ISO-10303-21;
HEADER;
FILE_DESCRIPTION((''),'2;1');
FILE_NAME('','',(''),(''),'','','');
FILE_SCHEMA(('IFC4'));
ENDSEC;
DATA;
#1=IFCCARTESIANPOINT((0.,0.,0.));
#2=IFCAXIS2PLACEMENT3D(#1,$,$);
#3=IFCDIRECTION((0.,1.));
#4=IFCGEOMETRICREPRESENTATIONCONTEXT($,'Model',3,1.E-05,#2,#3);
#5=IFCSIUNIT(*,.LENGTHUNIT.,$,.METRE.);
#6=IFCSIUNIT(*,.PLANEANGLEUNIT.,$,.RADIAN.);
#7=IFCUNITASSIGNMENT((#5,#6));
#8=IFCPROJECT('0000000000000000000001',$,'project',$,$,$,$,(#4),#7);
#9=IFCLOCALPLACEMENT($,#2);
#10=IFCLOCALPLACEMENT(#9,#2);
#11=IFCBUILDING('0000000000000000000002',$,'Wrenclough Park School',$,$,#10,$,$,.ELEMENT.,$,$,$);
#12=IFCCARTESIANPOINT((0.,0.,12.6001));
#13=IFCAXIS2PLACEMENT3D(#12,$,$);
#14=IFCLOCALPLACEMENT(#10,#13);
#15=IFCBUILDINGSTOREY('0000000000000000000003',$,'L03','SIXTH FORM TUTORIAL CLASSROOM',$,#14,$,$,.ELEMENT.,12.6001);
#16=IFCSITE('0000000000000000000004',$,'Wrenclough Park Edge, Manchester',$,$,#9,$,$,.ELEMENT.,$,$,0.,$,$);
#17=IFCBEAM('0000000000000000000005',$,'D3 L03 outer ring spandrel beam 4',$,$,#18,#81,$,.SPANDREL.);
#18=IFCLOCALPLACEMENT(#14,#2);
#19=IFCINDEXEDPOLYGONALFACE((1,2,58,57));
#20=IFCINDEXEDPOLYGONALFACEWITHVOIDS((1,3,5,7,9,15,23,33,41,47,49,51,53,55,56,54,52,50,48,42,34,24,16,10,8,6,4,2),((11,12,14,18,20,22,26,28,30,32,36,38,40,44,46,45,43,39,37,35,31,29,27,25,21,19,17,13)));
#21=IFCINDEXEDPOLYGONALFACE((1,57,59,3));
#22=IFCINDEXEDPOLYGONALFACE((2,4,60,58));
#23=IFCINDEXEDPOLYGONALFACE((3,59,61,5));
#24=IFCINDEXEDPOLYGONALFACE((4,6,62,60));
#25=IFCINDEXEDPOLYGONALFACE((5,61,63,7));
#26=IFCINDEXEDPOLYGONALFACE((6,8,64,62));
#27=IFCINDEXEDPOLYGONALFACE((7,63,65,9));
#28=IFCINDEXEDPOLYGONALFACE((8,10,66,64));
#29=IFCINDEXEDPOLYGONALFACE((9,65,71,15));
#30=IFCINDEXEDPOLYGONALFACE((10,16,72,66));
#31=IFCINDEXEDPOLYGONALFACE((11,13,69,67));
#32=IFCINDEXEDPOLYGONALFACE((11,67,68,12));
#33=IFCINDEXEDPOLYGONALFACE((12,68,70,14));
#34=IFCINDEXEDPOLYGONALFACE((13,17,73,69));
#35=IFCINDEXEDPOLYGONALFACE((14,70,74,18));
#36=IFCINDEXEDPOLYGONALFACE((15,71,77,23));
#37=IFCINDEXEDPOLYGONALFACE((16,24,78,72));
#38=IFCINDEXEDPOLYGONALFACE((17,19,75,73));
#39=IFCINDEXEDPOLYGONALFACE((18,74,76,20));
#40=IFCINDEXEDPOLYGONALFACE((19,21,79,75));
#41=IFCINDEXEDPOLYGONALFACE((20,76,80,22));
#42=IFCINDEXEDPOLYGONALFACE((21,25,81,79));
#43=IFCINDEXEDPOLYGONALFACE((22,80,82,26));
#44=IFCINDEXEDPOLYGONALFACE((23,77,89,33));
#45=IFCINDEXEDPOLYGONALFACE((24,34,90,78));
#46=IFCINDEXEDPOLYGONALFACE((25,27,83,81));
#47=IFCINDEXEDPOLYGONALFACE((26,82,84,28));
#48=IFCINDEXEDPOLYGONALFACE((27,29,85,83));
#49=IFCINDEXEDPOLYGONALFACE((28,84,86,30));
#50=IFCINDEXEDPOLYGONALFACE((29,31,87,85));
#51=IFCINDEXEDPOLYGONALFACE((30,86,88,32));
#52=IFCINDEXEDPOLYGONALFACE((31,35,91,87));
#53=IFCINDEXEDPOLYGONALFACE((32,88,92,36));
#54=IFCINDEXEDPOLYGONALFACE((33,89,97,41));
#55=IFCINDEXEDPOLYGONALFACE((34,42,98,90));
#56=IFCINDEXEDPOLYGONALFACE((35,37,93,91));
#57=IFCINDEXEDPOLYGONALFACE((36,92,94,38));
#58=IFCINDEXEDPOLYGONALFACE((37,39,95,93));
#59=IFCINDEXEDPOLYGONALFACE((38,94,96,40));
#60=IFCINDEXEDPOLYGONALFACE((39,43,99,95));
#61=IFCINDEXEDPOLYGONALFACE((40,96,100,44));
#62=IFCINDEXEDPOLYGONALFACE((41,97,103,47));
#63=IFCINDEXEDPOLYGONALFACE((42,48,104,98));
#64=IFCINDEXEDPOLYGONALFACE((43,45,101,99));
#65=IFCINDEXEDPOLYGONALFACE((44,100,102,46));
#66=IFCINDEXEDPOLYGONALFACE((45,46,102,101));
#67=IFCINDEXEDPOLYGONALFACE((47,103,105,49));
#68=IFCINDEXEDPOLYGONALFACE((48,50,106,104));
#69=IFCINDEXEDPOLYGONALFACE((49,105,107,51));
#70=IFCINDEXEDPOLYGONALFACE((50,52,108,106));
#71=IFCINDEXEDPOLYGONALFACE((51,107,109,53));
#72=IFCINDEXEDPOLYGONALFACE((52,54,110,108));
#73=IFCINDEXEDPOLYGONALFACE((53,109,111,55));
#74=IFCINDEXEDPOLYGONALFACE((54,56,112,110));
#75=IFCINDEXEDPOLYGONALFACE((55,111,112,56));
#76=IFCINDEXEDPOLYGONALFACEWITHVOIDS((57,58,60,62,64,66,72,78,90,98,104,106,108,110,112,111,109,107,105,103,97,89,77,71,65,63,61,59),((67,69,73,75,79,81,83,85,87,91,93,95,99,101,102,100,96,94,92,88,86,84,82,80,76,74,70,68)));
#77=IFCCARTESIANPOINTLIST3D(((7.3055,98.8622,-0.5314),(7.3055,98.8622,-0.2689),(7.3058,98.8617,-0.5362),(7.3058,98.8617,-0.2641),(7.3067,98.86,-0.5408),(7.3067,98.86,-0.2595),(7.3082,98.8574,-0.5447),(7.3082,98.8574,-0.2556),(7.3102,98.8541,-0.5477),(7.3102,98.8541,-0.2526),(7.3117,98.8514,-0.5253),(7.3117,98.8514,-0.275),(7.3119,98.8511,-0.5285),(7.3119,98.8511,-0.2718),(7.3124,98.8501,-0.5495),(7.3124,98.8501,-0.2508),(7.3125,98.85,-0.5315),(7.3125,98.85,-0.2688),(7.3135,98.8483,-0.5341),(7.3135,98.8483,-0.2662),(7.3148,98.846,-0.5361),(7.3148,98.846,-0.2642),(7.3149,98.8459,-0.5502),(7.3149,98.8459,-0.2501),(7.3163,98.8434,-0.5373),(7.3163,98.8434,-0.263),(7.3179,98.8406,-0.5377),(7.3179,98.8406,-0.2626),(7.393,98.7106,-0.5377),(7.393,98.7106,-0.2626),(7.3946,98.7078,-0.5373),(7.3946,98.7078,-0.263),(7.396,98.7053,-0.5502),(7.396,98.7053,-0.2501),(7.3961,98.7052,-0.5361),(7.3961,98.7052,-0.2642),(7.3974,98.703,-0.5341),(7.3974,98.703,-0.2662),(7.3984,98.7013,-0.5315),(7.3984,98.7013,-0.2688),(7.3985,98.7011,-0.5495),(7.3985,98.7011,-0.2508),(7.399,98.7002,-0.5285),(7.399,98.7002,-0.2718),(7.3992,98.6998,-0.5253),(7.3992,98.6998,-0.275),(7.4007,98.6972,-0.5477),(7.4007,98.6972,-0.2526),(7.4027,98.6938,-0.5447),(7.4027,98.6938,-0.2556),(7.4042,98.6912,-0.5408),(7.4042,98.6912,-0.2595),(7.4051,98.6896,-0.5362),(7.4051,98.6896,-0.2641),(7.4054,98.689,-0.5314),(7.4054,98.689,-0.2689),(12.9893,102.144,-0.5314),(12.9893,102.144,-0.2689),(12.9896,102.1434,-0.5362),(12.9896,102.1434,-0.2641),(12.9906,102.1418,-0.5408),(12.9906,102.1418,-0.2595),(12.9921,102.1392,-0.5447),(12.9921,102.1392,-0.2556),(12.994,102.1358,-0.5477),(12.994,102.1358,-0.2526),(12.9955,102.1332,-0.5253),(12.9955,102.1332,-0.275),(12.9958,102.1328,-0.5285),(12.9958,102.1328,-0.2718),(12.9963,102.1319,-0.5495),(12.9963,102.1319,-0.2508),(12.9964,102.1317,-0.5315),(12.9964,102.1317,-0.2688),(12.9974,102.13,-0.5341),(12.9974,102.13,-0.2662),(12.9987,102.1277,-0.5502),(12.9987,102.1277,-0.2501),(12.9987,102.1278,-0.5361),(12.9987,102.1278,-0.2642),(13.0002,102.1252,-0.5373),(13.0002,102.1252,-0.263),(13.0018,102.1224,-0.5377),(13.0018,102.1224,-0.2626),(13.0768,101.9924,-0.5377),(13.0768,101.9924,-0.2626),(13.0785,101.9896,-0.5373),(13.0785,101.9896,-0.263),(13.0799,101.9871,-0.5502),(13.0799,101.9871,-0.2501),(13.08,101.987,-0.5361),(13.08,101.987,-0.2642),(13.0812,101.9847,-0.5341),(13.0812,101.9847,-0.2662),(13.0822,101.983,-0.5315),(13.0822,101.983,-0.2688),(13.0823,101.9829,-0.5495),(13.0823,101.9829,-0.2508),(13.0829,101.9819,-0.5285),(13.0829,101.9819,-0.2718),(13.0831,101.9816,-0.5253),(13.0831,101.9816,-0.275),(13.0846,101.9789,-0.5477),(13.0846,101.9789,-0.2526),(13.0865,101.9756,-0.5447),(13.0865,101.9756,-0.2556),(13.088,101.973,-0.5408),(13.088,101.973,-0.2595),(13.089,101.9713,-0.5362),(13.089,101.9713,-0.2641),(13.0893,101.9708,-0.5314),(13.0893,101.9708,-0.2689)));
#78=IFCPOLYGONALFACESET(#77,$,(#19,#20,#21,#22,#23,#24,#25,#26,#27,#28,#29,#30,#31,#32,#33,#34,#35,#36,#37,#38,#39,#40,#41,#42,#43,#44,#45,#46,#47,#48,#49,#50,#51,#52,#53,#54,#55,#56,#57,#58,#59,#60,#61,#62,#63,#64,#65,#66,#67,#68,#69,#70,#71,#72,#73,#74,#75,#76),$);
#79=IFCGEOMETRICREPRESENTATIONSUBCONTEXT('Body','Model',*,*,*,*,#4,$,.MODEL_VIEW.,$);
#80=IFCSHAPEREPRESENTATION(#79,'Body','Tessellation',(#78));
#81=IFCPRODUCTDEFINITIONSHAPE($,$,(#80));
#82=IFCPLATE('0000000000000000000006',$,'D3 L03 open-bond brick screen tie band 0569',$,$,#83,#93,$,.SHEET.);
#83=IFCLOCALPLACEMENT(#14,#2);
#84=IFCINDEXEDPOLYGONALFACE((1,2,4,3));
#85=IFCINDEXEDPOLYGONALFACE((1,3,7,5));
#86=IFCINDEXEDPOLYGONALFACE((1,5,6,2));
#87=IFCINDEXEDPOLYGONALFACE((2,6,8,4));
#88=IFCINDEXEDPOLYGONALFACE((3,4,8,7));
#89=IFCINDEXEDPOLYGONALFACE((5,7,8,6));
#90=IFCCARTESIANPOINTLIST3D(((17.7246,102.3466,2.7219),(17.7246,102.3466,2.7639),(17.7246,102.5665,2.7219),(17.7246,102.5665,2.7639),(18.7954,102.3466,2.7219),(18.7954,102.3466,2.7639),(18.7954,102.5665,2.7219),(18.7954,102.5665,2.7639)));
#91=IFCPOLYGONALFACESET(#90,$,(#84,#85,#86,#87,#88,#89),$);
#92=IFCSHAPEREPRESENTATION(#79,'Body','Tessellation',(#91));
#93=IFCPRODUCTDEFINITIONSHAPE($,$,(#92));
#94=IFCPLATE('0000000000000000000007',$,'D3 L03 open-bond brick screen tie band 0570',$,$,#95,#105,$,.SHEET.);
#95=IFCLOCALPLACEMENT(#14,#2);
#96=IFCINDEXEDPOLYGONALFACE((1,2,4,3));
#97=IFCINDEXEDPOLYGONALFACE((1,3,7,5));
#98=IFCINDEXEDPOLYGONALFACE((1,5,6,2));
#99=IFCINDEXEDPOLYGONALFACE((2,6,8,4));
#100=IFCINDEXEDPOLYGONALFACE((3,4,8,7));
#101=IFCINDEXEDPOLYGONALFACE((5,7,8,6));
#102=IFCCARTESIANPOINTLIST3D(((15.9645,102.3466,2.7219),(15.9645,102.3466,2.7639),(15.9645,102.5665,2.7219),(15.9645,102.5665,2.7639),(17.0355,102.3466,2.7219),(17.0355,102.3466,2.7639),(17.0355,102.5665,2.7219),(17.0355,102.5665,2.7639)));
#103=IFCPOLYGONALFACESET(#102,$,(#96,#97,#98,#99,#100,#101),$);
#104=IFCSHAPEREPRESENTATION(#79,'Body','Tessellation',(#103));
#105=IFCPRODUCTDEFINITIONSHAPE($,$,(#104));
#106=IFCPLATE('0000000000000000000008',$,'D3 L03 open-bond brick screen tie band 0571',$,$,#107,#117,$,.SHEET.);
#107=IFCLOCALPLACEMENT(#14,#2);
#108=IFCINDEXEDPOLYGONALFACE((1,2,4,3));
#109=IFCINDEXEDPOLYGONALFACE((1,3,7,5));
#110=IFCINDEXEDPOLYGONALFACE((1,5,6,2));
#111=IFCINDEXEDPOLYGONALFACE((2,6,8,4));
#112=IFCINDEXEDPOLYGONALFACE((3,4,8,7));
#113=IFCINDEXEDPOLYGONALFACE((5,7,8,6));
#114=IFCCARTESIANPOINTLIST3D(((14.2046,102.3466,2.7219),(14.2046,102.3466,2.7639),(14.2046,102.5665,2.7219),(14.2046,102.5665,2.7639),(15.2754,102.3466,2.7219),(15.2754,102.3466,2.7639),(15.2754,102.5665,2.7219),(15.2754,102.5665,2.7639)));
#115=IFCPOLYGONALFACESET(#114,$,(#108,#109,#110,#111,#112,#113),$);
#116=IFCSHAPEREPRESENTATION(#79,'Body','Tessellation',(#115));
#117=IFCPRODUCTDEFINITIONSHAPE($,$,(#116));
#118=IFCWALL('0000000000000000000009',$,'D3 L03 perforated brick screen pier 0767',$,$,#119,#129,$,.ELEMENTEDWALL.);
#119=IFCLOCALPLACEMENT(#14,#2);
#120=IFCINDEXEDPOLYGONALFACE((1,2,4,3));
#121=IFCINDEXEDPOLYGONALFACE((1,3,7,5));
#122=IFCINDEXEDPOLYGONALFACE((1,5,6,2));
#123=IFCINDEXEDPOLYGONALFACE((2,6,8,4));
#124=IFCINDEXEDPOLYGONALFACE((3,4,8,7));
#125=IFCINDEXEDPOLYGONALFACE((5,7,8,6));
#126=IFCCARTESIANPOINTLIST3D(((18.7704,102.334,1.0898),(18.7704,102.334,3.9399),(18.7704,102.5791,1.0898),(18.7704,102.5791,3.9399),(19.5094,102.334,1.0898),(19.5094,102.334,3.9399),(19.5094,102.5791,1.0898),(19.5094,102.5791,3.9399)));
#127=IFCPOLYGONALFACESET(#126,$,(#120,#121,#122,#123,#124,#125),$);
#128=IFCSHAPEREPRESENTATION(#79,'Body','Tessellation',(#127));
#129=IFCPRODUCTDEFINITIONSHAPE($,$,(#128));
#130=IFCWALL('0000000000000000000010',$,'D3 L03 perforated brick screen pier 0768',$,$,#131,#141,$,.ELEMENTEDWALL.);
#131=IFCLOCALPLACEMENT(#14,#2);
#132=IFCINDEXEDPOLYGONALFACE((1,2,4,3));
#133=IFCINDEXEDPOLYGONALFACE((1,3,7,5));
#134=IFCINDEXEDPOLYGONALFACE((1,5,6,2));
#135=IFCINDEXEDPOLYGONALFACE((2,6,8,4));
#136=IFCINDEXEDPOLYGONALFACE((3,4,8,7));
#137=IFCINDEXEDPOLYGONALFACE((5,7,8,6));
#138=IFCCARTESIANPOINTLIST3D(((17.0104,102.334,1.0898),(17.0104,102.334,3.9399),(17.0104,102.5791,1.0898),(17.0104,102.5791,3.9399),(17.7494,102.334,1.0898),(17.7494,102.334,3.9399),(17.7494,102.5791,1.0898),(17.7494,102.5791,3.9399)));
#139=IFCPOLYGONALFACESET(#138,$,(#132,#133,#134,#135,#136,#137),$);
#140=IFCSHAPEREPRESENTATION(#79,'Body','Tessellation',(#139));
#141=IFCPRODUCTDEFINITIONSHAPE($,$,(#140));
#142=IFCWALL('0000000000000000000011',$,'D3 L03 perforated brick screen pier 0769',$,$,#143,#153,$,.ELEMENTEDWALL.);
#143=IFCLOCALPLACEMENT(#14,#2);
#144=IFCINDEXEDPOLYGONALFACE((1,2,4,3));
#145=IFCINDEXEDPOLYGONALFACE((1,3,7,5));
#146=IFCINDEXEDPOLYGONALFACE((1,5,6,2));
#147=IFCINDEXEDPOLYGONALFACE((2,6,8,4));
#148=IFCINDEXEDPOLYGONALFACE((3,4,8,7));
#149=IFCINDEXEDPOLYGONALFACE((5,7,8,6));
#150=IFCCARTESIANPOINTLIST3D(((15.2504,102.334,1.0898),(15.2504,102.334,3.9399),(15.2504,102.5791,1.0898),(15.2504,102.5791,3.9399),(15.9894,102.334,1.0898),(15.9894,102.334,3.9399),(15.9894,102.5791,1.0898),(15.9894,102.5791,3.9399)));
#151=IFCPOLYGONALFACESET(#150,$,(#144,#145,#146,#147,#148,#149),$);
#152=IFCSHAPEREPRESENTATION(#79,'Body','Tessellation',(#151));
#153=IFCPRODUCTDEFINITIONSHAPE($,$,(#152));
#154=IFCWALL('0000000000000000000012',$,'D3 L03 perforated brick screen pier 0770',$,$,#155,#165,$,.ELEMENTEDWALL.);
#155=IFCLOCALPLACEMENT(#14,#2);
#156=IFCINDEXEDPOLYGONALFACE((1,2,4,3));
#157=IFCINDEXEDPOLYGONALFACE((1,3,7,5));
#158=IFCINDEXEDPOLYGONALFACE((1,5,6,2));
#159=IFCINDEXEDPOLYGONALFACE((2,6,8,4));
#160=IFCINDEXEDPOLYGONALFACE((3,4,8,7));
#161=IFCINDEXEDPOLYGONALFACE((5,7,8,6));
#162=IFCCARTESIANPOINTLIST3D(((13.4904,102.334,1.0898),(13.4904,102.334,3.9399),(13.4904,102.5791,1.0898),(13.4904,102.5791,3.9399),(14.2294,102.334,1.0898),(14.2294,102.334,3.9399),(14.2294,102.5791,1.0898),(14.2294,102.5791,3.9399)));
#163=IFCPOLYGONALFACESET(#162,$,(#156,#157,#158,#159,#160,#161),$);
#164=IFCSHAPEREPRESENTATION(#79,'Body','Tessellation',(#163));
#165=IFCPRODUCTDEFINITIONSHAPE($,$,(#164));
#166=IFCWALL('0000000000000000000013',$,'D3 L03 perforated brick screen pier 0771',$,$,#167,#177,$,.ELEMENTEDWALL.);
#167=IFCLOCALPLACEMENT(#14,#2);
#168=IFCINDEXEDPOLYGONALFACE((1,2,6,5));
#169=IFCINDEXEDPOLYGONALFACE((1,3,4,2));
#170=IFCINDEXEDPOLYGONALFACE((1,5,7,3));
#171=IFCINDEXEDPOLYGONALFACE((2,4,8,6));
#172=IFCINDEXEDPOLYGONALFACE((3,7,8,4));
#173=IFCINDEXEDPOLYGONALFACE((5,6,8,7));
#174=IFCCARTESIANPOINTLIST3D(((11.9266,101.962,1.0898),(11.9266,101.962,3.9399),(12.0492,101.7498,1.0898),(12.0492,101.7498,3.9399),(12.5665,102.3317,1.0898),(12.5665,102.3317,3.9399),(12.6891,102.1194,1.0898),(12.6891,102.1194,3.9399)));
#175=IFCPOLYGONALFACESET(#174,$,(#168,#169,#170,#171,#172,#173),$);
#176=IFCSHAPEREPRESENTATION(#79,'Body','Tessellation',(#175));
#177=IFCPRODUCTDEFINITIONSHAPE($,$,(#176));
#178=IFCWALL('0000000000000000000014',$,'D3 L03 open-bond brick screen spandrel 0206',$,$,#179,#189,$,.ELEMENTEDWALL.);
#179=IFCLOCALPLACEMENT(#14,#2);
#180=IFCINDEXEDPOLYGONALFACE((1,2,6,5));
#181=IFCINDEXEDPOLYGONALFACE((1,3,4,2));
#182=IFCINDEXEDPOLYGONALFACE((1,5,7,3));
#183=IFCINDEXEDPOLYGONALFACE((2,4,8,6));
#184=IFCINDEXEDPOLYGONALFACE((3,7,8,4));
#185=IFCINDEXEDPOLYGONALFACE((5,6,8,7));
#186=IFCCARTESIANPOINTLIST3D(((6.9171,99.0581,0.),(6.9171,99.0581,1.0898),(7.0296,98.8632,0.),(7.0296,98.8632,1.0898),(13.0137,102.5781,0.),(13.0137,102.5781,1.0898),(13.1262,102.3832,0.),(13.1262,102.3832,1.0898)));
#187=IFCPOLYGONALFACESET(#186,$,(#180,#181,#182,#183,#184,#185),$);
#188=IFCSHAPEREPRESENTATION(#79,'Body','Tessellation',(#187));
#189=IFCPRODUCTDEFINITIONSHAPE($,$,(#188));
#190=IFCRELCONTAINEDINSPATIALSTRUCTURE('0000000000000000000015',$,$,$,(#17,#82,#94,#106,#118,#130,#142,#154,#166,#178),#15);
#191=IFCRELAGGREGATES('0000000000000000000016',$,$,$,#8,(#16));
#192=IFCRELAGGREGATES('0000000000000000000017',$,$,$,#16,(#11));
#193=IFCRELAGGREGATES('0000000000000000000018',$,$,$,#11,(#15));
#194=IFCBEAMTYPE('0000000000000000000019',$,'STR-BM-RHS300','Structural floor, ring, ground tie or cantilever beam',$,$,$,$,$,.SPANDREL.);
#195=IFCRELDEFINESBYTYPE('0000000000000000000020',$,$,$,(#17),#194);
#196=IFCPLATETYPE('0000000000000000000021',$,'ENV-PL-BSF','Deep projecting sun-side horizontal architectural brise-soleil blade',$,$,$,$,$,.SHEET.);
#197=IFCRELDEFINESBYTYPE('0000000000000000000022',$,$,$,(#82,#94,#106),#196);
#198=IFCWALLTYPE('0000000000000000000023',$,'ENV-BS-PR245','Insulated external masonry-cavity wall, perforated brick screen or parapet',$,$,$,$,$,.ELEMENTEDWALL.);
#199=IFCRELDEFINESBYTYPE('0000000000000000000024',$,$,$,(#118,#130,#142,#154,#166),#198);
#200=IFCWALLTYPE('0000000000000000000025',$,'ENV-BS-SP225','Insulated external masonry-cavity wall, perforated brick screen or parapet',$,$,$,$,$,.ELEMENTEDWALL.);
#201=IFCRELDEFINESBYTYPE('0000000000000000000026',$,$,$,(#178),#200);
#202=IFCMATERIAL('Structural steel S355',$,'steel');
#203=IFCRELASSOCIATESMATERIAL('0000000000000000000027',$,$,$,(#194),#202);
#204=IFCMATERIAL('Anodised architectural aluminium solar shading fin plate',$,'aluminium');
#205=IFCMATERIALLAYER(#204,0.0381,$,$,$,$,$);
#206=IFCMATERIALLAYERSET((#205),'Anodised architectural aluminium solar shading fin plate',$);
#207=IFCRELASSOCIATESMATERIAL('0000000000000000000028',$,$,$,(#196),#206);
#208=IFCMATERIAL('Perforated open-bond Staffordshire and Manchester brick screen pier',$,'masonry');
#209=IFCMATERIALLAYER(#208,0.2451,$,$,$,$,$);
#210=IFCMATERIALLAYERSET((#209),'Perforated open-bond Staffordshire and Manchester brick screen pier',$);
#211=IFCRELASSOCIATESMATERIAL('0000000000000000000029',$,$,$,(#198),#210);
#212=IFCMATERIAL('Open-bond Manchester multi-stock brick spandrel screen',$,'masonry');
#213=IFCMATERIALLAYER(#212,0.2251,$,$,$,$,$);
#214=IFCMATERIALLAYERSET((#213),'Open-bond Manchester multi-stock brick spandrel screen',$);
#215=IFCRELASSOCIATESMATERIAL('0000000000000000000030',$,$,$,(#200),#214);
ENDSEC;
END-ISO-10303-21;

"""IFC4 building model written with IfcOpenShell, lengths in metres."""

from ifc_helpers import new_model, si_unit, direction, frame, frame_2d, origin, origin_2d, place, context, subcontext, project, spatial, rectangle, hollow_rectangle, extrude, material, layer, layer_set, material_profile, profile_set, type_object, element, save


model = new_model("IFC4")

# Units and contexts
model_context = context("Model", 3, precision=1e-05, world=origin(), true_north=direction((0.0, 1.0)))
body_context = subcontext(model_context, "Body", "Model", "MODEL_VIEW")
ifc_project = project(units=[si_unit("LENGTHUNIT", "METRE"), si_unit("PLANEANGLEUNIT", "RADIAN")], contexts=[model_context])

# Site, building, storey
site_placement = place(None, origin())
site = spatial("IfcSite", under=ifc_project, at=site_placement, Name="Wrenclough Park Edge, Manchester", CompositionType="ELEMENT", RefElevation=0.0)
building_placement = place(site_placement, origin())
building = spatial("IfcBuilding", under=site, at=building_placement, Name="Wrenclough Park School", CompositionType="ELEMENT")
storey_placement = place(building_placement, frame((0.0, 0.0, 12.6001)))
storey = spatial("IfcBuildingStorey", under=building, at=storey_placement, Name="L03", Description="SIXTH FORM TUTORIAL CLASSROOM", CompositionType="ELEMENT", Elevation=12.6001)

# Shared definitions
ifc_material_1 = material(Name="Structural steel S355", Category="steel")

# Beam
ifc_material_profile_1 = material_profile(ifc_material_1, hollow_rectangle(XDim=0.2, YDim=0.3, WallThickness=0.0125, InnerFilletRadius=0.0125, OuterFilletRadius=0.0188, at=origin_2d()), Name="RHS 300x200x12.5")
ifc_profile_set_1 = profile_set([ifc_material_profile_1], Name="Structural steel S355")
beam_type = type_object("IfcBeamType", Name="STR-BM-RHS300", Description="Structural floor, ring, ground tie or cantilever beam", PredefinedType="SPANDREL", material=ifc_profile_set_1)
beam_1_placement = place(storey_placement, frame((13.0393, 102.0574, -0.4001), z_axis=(-0.866014, -0.50002, 0.0), x_axis=(0.50002, -0.866014, 0.0)))
element("IfcBeam", 1, at=beam_1_placement, inside=storey, type_object=beam_type, Name="D3 L03 outer ring spandrel beam 4", PredefinedType="SPANDREL", context=body_context, shape_type="SweptSolid", body=[
    extrude(hollow_rectangle(XDim=0.2, YDim=0.3, WallThickness=0.0125, InnerFilletRadius=0.0125, OuterFilletRadius=0.0188, at=origin_2d()), origin(), (0.0, 0.0, 1.0), 6.5632),
])

# Plates
ifc_material_2 = material(Name="Anodised architectural aluminium solar shading fin plate", Category="aluminium")
ifc_layer_1 = layer(ifc_material_2, 0.0381)
ifc_layer_set_1 = layer_set([ifc_layer_1], Name="Anodised architectural aluminium solar shading fin plate")
plate_type = type_object("IfcPlateType", Name="ENV-PL-BSF", Description="Deep projecting sun-side horizontal architectural brise-soleil blade", PredefinedType="SHEET", material=ifc_layer_set_1)
plate_1_placement = place(storey_placement, frame((18.26, 102.4565, 2.7219), z_axis=(0.0, 0.0, 1.0), x_axis=(-1.0, 0.0, 0.0)))
element("IfcPlate", 2, at=plate_1_placement, inside=storey, type_object=plate_type, Name="D3 L03 open-bond brick screen tie band 0569", PredefinedType="SHEET", context=body_context, shape_type="SweptSolid", body=[
    extrude(rectangle(XDim=1.0708, YDim=0.22, at=origin_2d()), origin(), (0.0, 0.0, 1.0), 0.042),
])
plate_2_placement = place(storey_placement, frame((16.5, 102.4565, 2.7219), z_axis=(0.0, 0.0, 1.0), x_axis=(-1.0, 0.0, 0.0)))
element("IfcPlate", 3, at=plate_2_placement, inside=storey, type_object=plate_type, Name="D3 L03 open-bond brick screen tie band 0570", PredefinedType="SHEET", context=body_context, shape_type="SweptSolid", body=[
    extrude(rectangle(XDim=1.071, YDim=0.22, at=origin_2d()), origin(), (0.0, 0.0, 1.0), 0.042),
])
plate_3_placement = place(storey_placement, frame((14.74, 102.4565, 2.7219), z_axis=(0.0, 0.0, 1.0), x_axis=(-1.0, 0.0, 0.0)))
element("IfcPlate", 4, at=plate_3_placement, inside=storey, type_object=plate_type, Name="D3 L03 open-bond brick screen tie band 0571", PredefinedType="SHEET", context=body_context, shape_type="SweptSolid", body=[
    extrude(rectangle(XDim=1.0708, YDim=0.22, at=origin_2d()), origin(), (0.0, 0.0, 1.0), 0.042),
])

# Walls
ifc_material_3 = material(Name="Perforated open-bond Staffordshire and Manchester brick screen pier", Category="masonry")
ifc_layer_2 = layer(ifc_material_3, 0.2451)
ifc_layer_set_2 = layer_set([ifc_layer_2], Name="Perforated open-bond Staffordshire and Manchester brick screen pier")
wall_type_1 = type_object("IfcWallType", Name="ENV-BS-PR245", Description="Insulated external masonry-cavity wall, perforated brick screen or parapet", PredefinedType="ELEMENTEDWALL", material=ifc_layer_set_2)
for number, where, z_axis, x_axis, name in (
    (5, (19.5095, 102.4565, 1.0898), (0.0, 0.0, 1.0), (-1.0, 0.0, 0.0), "D3 L03 perforated brick screen pier 0767"),
    (6, (17.7495, 102.4565, 1.0898), (0.0, 0.0, 1.0), (-1.0, 0.0, 0.0), "D3 L03 perforated brick screen pier 0768"),
    (7, (15.9895, 102.4565, 1.0898), (0.0, 0.0, 1.0), (-1.0, 0.0, 0.0), "D3 L03 perforated brick screen pier 0769"),
    (8, (14.2295, 102.4565, 1.0898), (0.0, 0.0, 1.0), (-1.0, 0.0, 0.0), "D3 L03 perforated brick screen pier 0770"),
    (9, (12.6279, 102.2256, 1.0898), (0.0, 0.0, 1.0), (-0.865916, -0.50019, 0.0), "D3 L03 perforated brick screen pier 0771"),
):
    element("IfcWall", number, at=place(storey_placement, frame(where, z_axis=z_axis, x_axis=x_axis)), inside=storey, type_object=wall_type_1, Name=name, PredefinedType="ELEMENTEDWALL", context=body_context, shape_type="SweptSolid", body=[
        extrude(rectangle(XDim=0.739, YDim=0.2451, at=frame_2d((0.3696, 0.0))), origin(), (0.0, 0.0, 1.0), 2.8501),
    ])
ifc_material_4 = material(Name="Open-bond Manchester multi-stock brick spandrel screen", Category="masonry")
ifc_layer_3 = layer(ifc_material_4, 0.2251)
ifc_layer_set_3 = layer_set([ifc_layer_3], Name="Open-bond Manchester multi-stock brick spandrel screen")
wall_type_2 = type_object("IfcWallType", Name="ENV-BS-SP225", Description="Insulated external masonry-cavity wall, perforated brick screen or parapet", PredefinedType="ELEMENTEDWALL", material=ifc_layer_set_3)
wall_1_placement = place(storey_placement, frame((13.0701, 102.4807, 0.0), z_axis=(0.0, 0.0, 1.0), x_axis=(-0.866019, -0.500011, 0.0)))
element("IfcWall", 10, at=wall_1_placement, inside=storey, type_object=wall_type_2, Name="D3 L03 open-bond brick screen spandrel 0206", PredefinedType="ELEMENTEDWALL", context=body_context, shape_type="SweptSolid", body=[
    extrude(rectangle(XDim=7.0398, YDim=0.2251, at=frame_2d((3.52, 0.0))), origin(), (0.0, 0.0, 1.0), 1.0898),
])

save(model, "model.ifc")
